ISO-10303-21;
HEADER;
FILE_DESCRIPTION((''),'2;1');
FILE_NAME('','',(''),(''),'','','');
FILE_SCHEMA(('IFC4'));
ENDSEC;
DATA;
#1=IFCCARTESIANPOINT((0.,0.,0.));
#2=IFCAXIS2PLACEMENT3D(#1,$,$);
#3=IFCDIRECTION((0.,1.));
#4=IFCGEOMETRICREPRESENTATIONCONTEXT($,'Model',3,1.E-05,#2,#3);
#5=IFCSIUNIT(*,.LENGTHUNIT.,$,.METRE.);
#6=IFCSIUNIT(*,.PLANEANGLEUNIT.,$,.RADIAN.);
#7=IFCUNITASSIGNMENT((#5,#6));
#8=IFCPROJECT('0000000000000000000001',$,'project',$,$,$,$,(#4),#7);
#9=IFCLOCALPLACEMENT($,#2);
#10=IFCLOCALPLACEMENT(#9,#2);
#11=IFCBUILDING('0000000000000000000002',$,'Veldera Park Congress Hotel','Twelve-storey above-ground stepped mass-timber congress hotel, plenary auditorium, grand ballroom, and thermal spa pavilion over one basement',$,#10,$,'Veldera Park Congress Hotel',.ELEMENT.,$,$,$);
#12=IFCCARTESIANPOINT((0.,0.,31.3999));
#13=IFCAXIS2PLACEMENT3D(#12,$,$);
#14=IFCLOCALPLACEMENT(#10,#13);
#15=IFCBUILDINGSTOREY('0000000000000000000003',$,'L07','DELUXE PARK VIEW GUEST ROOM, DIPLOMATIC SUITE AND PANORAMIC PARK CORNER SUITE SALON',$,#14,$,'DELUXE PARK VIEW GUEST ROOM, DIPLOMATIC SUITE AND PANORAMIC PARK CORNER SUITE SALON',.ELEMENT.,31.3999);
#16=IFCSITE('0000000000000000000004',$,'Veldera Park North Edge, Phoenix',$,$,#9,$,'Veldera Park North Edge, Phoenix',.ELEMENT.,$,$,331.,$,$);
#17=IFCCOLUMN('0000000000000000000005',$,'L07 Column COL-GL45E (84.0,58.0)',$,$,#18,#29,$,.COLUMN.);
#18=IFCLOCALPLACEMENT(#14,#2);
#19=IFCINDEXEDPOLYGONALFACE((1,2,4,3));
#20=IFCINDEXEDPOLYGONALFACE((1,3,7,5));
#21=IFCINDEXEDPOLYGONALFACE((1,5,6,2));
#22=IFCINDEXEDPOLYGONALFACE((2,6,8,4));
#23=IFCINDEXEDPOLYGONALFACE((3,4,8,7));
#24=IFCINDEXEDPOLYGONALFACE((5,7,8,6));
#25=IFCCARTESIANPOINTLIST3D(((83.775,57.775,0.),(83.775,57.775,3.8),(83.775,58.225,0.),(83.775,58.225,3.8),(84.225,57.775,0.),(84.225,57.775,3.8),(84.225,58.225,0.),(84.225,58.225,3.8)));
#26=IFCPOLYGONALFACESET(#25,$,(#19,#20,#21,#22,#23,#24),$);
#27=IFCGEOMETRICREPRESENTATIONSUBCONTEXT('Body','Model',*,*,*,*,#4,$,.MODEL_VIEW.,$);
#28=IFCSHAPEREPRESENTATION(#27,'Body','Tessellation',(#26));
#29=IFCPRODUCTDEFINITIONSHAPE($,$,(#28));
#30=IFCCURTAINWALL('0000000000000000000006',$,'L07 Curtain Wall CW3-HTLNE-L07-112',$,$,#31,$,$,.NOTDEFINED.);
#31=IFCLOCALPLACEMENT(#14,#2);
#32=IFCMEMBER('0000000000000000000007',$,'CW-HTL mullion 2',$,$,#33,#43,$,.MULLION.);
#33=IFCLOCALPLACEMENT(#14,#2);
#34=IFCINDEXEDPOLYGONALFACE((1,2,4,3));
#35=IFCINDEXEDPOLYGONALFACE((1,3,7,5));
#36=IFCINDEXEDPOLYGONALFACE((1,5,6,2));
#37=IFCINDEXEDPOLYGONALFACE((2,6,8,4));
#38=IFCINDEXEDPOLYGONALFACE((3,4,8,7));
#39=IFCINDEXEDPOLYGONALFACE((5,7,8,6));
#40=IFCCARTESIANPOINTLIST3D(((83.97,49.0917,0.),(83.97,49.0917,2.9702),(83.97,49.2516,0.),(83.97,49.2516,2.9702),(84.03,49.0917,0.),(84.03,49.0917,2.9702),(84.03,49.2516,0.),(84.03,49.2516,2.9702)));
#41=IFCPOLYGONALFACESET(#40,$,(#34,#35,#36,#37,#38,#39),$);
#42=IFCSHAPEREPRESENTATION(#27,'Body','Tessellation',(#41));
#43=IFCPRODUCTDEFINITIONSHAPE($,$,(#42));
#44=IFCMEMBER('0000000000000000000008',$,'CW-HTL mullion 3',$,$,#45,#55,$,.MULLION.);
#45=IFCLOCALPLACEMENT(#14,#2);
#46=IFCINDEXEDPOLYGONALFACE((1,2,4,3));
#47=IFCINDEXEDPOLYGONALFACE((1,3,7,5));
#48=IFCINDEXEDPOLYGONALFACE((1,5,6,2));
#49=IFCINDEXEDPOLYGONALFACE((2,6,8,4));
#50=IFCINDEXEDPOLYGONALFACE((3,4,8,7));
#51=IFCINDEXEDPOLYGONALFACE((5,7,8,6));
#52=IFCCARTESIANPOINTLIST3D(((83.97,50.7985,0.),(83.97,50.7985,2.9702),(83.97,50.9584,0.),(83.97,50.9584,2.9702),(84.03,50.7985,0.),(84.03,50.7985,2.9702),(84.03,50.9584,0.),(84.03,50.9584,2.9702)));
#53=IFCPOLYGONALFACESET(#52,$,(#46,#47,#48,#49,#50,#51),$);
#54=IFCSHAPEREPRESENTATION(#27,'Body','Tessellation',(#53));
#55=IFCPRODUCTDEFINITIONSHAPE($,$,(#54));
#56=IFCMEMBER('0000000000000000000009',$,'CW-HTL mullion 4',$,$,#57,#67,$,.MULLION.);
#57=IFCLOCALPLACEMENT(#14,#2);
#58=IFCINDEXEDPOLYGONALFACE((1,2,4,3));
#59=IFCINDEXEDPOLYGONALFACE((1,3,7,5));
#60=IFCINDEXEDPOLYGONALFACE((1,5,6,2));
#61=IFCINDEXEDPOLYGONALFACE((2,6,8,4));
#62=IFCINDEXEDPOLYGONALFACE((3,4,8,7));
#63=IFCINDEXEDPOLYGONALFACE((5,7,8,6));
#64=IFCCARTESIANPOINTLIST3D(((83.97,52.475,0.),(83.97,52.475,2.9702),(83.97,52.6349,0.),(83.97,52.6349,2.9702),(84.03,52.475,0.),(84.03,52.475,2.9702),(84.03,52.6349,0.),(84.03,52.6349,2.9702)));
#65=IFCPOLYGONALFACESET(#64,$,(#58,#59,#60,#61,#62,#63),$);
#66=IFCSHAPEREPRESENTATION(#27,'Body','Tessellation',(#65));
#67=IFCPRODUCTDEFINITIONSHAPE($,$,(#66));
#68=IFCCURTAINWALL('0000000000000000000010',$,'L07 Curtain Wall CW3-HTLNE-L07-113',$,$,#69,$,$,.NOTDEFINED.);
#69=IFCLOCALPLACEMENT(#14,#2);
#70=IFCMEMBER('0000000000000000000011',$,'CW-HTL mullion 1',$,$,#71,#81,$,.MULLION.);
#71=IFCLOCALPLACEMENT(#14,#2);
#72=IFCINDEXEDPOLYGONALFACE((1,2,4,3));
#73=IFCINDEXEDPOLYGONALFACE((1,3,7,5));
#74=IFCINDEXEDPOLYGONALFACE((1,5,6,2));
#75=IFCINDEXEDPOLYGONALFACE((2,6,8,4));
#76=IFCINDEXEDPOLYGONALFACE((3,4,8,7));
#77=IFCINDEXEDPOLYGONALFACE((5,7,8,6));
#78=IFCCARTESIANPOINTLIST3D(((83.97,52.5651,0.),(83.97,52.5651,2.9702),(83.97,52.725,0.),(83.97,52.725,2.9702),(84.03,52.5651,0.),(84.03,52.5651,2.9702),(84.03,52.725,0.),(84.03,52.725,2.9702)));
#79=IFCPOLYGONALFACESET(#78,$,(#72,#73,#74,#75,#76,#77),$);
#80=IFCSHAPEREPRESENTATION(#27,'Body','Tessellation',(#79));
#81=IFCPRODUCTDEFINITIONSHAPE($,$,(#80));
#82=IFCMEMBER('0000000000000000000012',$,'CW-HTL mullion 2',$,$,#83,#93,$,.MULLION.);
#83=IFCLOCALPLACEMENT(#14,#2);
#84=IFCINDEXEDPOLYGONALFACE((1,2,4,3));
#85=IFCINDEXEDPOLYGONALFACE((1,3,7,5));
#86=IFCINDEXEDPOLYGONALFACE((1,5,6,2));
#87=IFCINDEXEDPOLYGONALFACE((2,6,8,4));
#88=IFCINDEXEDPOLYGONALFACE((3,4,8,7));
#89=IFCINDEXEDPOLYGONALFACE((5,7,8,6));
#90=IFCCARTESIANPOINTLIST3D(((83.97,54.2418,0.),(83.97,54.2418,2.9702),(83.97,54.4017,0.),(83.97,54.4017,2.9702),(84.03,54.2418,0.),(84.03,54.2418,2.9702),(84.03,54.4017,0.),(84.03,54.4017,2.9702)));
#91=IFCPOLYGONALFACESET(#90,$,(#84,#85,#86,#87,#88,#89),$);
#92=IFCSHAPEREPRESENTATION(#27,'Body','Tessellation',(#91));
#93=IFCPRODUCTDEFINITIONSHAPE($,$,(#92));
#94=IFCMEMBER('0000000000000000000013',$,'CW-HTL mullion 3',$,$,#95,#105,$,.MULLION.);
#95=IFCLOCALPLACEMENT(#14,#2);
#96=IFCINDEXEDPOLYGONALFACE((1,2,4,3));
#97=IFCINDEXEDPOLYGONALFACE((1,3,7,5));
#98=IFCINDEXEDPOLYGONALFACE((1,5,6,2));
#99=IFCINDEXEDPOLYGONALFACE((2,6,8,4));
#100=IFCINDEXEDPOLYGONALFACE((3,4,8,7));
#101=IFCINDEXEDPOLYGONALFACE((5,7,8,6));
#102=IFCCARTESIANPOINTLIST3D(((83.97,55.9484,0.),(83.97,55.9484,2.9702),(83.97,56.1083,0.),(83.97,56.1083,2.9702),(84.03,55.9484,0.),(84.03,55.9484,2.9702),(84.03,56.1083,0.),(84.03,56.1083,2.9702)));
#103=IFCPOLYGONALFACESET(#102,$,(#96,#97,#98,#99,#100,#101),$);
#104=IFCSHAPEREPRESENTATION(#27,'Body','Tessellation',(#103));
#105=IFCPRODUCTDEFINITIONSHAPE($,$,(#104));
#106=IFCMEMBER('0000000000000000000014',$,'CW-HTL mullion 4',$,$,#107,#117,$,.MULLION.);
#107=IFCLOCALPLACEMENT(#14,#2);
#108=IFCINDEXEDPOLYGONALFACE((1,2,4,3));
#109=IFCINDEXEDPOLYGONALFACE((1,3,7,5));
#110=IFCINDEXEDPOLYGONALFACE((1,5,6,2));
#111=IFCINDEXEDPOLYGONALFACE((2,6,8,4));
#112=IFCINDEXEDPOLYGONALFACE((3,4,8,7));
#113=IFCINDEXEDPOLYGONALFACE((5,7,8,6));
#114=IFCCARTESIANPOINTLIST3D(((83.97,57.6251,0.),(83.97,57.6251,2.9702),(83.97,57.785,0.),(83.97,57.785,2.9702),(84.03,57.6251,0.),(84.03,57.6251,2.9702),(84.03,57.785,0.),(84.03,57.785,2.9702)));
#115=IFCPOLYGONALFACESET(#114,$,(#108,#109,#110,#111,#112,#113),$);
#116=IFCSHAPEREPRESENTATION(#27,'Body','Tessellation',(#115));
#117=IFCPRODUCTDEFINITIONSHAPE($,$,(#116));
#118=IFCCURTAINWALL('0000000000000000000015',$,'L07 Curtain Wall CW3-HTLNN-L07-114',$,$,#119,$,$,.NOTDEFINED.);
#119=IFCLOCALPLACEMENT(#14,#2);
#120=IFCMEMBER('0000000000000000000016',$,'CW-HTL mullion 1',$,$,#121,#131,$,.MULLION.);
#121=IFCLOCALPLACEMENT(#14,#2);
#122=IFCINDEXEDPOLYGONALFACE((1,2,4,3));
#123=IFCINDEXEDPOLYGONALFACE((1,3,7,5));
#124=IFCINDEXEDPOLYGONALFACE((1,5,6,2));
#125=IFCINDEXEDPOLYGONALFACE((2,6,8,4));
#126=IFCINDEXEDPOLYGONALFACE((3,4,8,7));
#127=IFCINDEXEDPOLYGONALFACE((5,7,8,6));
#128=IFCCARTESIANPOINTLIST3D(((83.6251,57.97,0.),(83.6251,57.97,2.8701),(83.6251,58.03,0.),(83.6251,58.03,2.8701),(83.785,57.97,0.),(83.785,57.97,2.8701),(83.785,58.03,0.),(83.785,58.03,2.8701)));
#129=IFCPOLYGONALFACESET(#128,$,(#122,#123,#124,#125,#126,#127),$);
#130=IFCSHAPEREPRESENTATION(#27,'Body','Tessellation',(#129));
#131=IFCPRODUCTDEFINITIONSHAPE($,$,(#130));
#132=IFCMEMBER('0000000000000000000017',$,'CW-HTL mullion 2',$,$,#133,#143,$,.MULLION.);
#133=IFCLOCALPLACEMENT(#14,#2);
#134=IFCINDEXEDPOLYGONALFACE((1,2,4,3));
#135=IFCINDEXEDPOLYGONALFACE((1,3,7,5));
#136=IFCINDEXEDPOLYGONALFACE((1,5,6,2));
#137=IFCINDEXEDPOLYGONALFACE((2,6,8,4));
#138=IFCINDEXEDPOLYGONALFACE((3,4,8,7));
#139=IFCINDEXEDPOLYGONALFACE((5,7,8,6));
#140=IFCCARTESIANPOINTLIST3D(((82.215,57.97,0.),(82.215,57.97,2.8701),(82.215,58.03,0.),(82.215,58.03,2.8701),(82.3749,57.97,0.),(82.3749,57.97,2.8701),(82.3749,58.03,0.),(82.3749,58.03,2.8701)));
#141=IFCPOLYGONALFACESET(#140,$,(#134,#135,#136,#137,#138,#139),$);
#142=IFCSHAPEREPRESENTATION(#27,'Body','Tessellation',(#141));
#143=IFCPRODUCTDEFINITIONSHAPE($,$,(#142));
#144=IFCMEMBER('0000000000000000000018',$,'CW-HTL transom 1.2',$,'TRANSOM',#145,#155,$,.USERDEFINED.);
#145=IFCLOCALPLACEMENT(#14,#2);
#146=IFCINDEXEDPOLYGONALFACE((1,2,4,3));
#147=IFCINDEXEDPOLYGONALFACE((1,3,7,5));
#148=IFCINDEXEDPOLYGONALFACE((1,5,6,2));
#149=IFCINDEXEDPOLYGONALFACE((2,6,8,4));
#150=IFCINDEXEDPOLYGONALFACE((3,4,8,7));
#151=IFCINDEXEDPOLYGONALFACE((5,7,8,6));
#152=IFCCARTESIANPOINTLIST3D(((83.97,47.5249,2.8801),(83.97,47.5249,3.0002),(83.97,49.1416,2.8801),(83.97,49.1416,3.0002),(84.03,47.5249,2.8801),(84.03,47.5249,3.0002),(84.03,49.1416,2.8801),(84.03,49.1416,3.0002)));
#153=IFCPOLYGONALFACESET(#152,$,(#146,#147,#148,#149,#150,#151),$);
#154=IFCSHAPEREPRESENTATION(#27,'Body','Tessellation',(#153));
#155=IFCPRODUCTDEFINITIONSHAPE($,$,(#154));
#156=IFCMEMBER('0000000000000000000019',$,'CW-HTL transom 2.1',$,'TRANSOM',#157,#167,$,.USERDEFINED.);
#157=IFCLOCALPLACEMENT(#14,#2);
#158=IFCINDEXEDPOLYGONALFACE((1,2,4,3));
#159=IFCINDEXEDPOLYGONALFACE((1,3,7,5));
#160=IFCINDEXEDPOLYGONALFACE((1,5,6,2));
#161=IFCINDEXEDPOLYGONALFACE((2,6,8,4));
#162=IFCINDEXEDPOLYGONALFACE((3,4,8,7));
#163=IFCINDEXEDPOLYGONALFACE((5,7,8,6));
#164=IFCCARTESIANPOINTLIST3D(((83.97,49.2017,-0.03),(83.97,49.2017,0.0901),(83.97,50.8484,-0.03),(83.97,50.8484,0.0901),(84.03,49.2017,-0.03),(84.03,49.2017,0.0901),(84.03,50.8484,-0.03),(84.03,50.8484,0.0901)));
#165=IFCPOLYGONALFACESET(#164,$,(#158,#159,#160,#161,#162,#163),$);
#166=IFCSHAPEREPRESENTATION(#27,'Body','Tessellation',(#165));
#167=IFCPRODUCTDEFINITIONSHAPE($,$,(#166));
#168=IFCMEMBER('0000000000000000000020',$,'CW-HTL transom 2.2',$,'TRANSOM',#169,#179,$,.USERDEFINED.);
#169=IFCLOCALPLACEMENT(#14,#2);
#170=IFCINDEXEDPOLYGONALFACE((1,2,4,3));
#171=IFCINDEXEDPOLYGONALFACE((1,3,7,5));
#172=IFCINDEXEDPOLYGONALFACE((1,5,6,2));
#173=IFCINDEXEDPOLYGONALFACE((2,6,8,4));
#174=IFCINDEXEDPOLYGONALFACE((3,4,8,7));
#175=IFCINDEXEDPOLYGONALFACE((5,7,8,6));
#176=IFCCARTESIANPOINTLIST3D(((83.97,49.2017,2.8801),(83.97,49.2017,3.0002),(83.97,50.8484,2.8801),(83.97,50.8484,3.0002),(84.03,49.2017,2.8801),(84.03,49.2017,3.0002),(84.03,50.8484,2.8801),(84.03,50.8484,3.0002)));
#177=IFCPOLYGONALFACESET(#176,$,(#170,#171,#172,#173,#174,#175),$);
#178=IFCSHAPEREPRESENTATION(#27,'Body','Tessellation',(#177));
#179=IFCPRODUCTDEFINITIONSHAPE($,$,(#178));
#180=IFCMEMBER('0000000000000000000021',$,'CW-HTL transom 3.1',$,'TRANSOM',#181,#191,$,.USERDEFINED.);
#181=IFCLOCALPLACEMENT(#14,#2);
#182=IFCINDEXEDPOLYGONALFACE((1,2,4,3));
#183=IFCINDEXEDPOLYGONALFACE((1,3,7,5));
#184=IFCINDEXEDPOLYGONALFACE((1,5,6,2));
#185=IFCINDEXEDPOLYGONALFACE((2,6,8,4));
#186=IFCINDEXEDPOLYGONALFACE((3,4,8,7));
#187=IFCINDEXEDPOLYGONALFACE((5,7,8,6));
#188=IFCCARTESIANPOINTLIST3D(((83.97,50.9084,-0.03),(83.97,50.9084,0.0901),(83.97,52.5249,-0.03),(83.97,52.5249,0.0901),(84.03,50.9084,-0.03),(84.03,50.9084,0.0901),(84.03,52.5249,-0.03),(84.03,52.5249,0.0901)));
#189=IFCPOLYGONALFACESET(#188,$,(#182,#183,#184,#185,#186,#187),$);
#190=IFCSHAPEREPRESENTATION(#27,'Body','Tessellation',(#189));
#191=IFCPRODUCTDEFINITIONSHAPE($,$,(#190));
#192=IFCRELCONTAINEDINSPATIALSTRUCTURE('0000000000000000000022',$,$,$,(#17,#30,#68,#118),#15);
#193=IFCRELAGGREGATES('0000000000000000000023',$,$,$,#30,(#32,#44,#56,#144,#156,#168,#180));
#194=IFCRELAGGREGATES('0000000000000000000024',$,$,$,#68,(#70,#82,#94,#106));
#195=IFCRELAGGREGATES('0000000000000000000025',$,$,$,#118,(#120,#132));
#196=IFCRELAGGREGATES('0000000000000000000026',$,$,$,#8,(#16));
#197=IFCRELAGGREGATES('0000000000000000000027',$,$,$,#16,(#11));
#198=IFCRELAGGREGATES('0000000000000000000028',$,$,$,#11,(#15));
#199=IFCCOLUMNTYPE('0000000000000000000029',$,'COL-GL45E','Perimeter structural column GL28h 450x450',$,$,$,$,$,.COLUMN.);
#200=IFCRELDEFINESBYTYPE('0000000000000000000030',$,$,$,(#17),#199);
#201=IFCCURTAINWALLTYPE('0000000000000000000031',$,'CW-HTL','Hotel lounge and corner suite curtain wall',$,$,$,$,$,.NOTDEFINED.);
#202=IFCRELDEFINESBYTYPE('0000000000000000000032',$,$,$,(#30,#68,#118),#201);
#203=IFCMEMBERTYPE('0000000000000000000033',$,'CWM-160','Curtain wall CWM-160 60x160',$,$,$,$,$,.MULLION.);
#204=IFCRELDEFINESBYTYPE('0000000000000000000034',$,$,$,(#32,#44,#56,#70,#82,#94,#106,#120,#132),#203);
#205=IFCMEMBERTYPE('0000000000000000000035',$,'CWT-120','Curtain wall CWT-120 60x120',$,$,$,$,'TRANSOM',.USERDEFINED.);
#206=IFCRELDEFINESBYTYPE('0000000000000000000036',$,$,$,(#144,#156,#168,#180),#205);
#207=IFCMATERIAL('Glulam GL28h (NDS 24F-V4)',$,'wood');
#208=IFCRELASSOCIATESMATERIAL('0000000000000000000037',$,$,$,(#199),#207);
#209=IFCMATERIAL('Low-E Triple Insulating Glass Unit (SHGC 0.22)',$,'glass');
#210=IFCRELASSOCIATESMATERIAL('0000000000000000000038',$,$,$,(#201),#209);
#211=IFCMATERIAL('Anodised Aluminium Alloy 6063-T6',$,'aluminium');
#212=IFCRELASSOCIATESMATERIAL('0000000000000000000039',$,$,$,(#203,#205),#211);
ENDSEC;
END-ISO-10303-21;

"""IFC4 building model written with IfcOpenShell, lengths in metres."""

from ifc_helpers import new_model, si_unit, direction, frame, origin, origin_2d, place, context, subcontext, project, spatial, rectangle, extrude, material, material_profile, profile_set, type_object, element, aggregate, save


model = new_model("IFC4")

# Units and contexts
model_context = context("Model", 3, precision=1e-05, world=origin(), true_north=direction((0.0, 1.0)))
body_context = subcontext(model_context, "Body", "Model", "MODEL_VIEW")
ifc_project = project(units=[si_unit("LENGTHUNIT", "METRE"), si_unit("PLANEANGLEUNIT", "RADIAN")], contexts=[model_context])

# Site, building, storey
site_placement = place(None, origin())
site = spatial("IfcSite", under=ifc_project, at=site_placement, Name="Veldera Park North Edge, Phoenix", LongName="Veldera Park North Edge, Phoenix", CompositionType="ELEMENT", RefElevation=331.0)
building_placement = place(site_placement, origin())
building = spatial("IfcBuilding", under=site, at=building_placement, Name="Veldera Park Congress Hotel", Description="Twelve-storey above-ground stepped mass-timber congress hotel, plenary auditorium, grand ballroom, and thermal spa pavilion over one basement", LongName="Veldera Park Congress Hotel", CompositionType="ELEMENT")
storey_placement = place(building_placement, frame((0.0, 0.0, 31.3999)))
storey = spatial("IfcBuildingStorey", under=building, at=storey_placement, Name="L07", Description="DELUXE PARK VIEW GUEST ROOM, DIPLOMATIC SUITE AND PANORAMIC PARK CORNER SUITE SALON", LongName="DELUXE PARK VIEW GUEST ROOM, DIPLOMATIC SUITE AND PANORAMIC PARK CORNER SUITE SALON", CompositionType="ELEMENT", Elevation=31.3999)

# Column
ifc_material_1 = material(Name="Glulam GL28h (NDS 24F-V4)", Category="wood")
ifc_material_profile_1 = material_profile(ifc_material_1, rectangle(XDim=0.45, YDim=0.45, at=origin_2d()), Name="GL28h 450x450")
ifc_profile_set_1 = profile_set([ifc_material_profile_1], Name="Glulam GL28h (NDS 24F-V4)")
column_type = type_object("IfcColumnType", Name="COL-GL45E", Description="Perimeter structural column GL28h 450x450", PredefinedType="COLUMN", material=ifc_profile_set_1)
column_placement = place(storey_placement, frame((84.0, 58.0, 0.0), z_axis=(0.0, 0.0, 1.0), x_axis=(1.0, 0.0, 0.0)))
element("IfcColumn", 1, at=column_placement, inside=storey, type_object=column_type, Name="L07 Column COL-GL45E (84.0,58.0)", PredefinedType="COLUMN", context=body_context, shape_type="SweptSolid", body=[
    extrude(rectangle(XDim=0.45, YDim=0.45, at=origin_2d()), origin(), (0.0, 0.0, 1.0), 3.8),
])

# Curtain walls, members
ifc_material_2 = material(Name="Low-E Triple Insulating Glass Unit (SHGC 0.22)", Category="glass")
curtain_wall_type = type_object("IfcCurtainWallType", Name="CW-HTL", Description="Hotel lounge and corner suite curtain wall", PredefinedType="NOTDEFINED", material=ifc_material_2)
curtain_wall_1_placement = place(storey_placement, origin())
curtain_wall_1 = element("IfcCurtainWall", 2, at=curtain_wall_1_placement, inside=storey, type_object=curtain_wall_type, Name="L07 Curtain Wall CW3-HTLNE-L07-112", PredefinedType="NOTDEFINED")
ifc_material_3 = material(Name="Anodised Aluminium Alloy 6063-T6", Category="aluminium")
ifc_material_profile_2 = material_profile(ifc_material_3, rectangle(XDim=0.0601, YDim=0.1599, at=origin_2d()), Name="ALU 60x160")
ifc_profile_set_2 = profile_set([ifc_material_profile_2], Name="Anodised Aluminium Alloy 6063-T6")
member_type_1 = type_object("IfcMemberType", Name="CWM-160", Description="Curtain wall CWM-160 60x160", PredefinedType="MULLION", material=ifc_profile_set_2)
member_1_placement = place(storey_placement, frame((84.0, 49.1716, 0.0), z_axis=(0.0, 0.0, 1.0), x_axis=(-1.0, 0.0, 0.0)))
member_1 = element("IfcMember", 3, at=member_1_placement, type_object=member_type_1, Name="CW-HTL mullion 2", PredefinedType="MULLION", context=body_context, shape_type="SweptSolid", body=[
    extrude(rectangle(XDim=0.0601, YDim=0.1599, at=origin_2d()), origin(), (0.0, 0.0, 1.0), 2.9702),
])
member_2_placement = place(storey_placement, frame((84.0, 50.8784, 0.0), z_axis=(0.0, 0.0, 1.0), x_axis=(-1.0, 0.0, 0.0)))
member_2 = element("IfcMember", 4, at=member_2_placement, type_object=member_type_1, Name="CW-HTL mullion 3", PredefinedType="MULLION", context=body_context, shape_type="SweptSolid", body=[
    extrude(rectangle(XDim=0.0601, YDim=0.1599, at=origin_2d()), origin(), (0.0, 0.0, 1.0), 2.9702),
])
member_3_placement = place(storey_placement, frame((84.0, 52.5549, 0.0), z_axis=(0.0, 0.0, 1.0), x_axis=(-1.0, 0.0, 0.0)))
member_3 = element("IfcMember", 5, at=member_3_placement, type_object=member_type_1, Name="CW-HTL mullion 4", PredefinedType="MULLION", context=body_context, shape_type="SweptSolid", body=[
    extrude(rectangle(XDim=0.0601, YDim=0.1599, at=origin_2d()), origin(), (0.0, 0.0, 1.0), 2.9702),
])
curtain_wall_2_placement = place(storey_placement, origin())
curtain_wall_2 = element("IfcCurtainWall", 6, at=curtain_wall_2_placement, inside=storey, type_object=curtain_wall_type, Name="L07 Curtain Wall CW3-HTLNE-L07-113", PredefinedType="NOTDEFINED")
member_4_placement = place(storey_placement, frame((84.0, 52.645, 0.0), z_axis=(0.0, 0.0, 1.0), x_axis=(-1.0, 0.0, 0.0)))
member_4 = element("IfcMember", 7, at=member_4_placement, type_object=member_type_1, Name="CW-HTL mullion 1", PredefinedType="MULLION", context=body_context, shape_type="SweptSolid", body=[
    extrude(rectangle(XDim=0.0601, YDim=0.1599, at=origin_2d()), origin(), (0.0, 0.0, 1.0), 2.9702),
])
member_5_placement = place(storey_placement, frame((84.0, 54.3218, 0.0), z_axis=(0.0, 0.0, 1.0), x_axis=(-1.0, 0.0, 0.0)))
member_5 = element("IfcMember", 8, at=member_5_placement, type_object=member_type_1, Name="CW-HTL mullion 2", PredefinedType="MULLION", context=body_context, shape_type="SweptSolid", body=[
    extrude(rectangle(XDim=0.0601, YDim=0.1599, at=origin_2d()), origin(), (0.0, 0.0, 1.0), 2.9702),
])
member_6_placement = place(storey_placement, frame((84.0, 56.0283, 0.0), z_axis=(0.0, 0.0, 1.0), x_axis=(-1.0, 0.0, 0.0)))
member_6 = element("IfcMember", 9, at=member_6_placement, type_object=member_type_1, Name="CW-HTL mullion 3", PredefinedType="MULLION", context=body_context, shape_type="SweptSolid", body=[
    extrude(rectangle(XDim=0.0601, YDim=0.1599, at=origin_2d()), origin(), (0.0, 0.0, 1.0), 2.9702),
])
member_7_placement = place(storey_placement, frame((84.0, 57.7051, 0.0), z_axis=(0.0, 0.0, 1.0), x_axis=(-1.0, 0.0, 0.0)))
member_7 = element("IfcMember", 10, at=member_7_placement, type_object=member_type_1, Name="CW-HTL mullion 4", PredefinedType="MULLION", context=body_context, shape_type="SweptSolid", body=[
    extrude(rectangle(XDim=0.0601, YDim=0.1599, at=origin_2d()), origin(), (0.0, 0.0, 1.0), 2.9702),
])
curtain_wall_3_placement = place(storey_placement, origin())
curtain_wall_3 = element("IfcCurtainWall", 11, at=curtain_wall_3_placement, inside=storey, type_object=curtain_wall_type, Name="L07 Curtain Wall CW3-HTLNN-L07-114", PredefinedType="NOTDEFINED")
member_8_placement = place(storey_placement, frame((83.7051, 58.0, 0.0), z_axis=(0.0, 0.0, 1.0), x_axis=(0.0, -1.0, 0.0)))
member_8 = element("IfcMember", 12, at=member_8_placement, type_object=member_type_1, Name="CW-HTL mullion 1", PredefinedType="MULLION", context=body_context, shape_type="SweptSolid", body=[
    extrude(rectangle(XDim=0.0601, YDim=0.1599, at=origin_2d()), origin(), (0.0, 0.0, 1.0), 2.8701),
])
member_9_placement = place(storey_placement, frame((82.2949, 58.0, 0.0), z_axis=(0.0, 0.0, 1.0), x_axis=(0.0, -1.0, 0.0)))
member_9 = element("IfcMember", 13, at=member_9_placement, type_object=member_type_1, Name="CW-HTL mullion 2", PredefinedType="MULLION", context=body_context, shape_type="SweptSolid", body=[
    extrude(rectangle(XDim=0.0601, YDim=0.1599, at=origin_2d()), origin(), (0.0, 0.0, 1.0), 2.8701),
])

# Members
ifc_material_profile_3 = material_profile(ifc_material_3, rectangle(XDim=0.0601, YDim=0.1201, at=origin_2d()), Name="ALU 60x120")
ifc_profile_set_3 = profile_set([ifc_material_profile_3], Name="Anodised Aluminium Alloy 6063-T6")
member_type_2 = type_object("IfcMemberType", Name="CWT-120", Description="Curtain wall CWT-120 60x120", ElementType="TRANSOM", PredefinedType="USERDEFINED", material=ifc_profile_set_3)
member_10_placement = place(storey_placement, frame((84.0, 47.5249, 2.9402), z_axis=(0.0, 1.0, 0.0), x_axis=(-1.0, 0.0, 0.0)))
member_10 = element("IfcMember", 14, at=member_10_placement, type_object=member_type_2, Name="CW-HTL transom 1.2", ObjectType="TRANSOM", PredefinedType="USERDEFINED", context=body_context, shape_type="SweptSolid", body=[
    extrude(rectangle(XDim=0.0601, YDim=0.1201, at=origin_2d()), origin(), (0.0, 0.0, 1.0), 1.6167),
])
member_11_placement = place(storey_placement, frame((84.0, 49.2017, 0.03), z_axis=(0.0, 1.0, 0.0), x_axis=(-1.0, 0.0, 0.0)))
member_11 = element("IfcMember", 15, at=member_11_placement, type_object=member_type_2, Name="CW-HTL transom 2.1", ObjectType="TRANSOM", PredefinedType="USERDEFINED", context=body_context, shape_type="SweptSolid", body=[
    extrude(rectangle(XDim=0.0601, YDim=0.1201, at=origin_2d()), origin(), (0.0, 0.0, 1.0), 1.6467),
])
member_12_placement = place(storey_placement, frame((84.0, 49.2017, 2.9402), z_axis=(0.0, 1.0, 0.0), x_axis=(-1.0, 0.0, 0.0)))
member_12 = element("IfcMember", 16, at=member_12_placement, type_object=member_type_2, Name="CW-HTL transom 2.2", ObjectType="TRANSOM", PredefinedType="USERDEFINED", context=body_context, shape_type="SweptSolid", body=[
    extrude(rectangle(XDim=0.0601, YDim=0.1201, at=origin_2d()), origin(), (0.0, 0.0, 1.0), 1.6467),
])
member_13_placement = place(storey_placement, frame((84.0, 50.9084, 0.03), z_axis=(0.0, 1.0, 0.0), x_axis=(-1.0, 0.0, 0.0)))
member_13 = element("IfcMember", 17, at=member_13_placement, type_object=member_type_2, Name="CW-HTL transom 3.1", ObjectType="TRANSOM", PredefinedType="USERDEFINED", context=body_context, shape_type="SweptSolid", body=[
    extrude(rectangle(XDim=0.0601, YDim=0.1201, at=origin_2d()), origin(), (0.0, 0.0, 1.0), 1.6165),
])

aggregate(curtain_wall_1, [member_1, member_2, member_3, member_10, member_11, member_12, member_13])
aggregate(curtain_wall_2, [member_4, member_5, member_6, member_7])
aggregate(curtain_wall_3, [member_8, member_9])

save(model, "model.ifc")
